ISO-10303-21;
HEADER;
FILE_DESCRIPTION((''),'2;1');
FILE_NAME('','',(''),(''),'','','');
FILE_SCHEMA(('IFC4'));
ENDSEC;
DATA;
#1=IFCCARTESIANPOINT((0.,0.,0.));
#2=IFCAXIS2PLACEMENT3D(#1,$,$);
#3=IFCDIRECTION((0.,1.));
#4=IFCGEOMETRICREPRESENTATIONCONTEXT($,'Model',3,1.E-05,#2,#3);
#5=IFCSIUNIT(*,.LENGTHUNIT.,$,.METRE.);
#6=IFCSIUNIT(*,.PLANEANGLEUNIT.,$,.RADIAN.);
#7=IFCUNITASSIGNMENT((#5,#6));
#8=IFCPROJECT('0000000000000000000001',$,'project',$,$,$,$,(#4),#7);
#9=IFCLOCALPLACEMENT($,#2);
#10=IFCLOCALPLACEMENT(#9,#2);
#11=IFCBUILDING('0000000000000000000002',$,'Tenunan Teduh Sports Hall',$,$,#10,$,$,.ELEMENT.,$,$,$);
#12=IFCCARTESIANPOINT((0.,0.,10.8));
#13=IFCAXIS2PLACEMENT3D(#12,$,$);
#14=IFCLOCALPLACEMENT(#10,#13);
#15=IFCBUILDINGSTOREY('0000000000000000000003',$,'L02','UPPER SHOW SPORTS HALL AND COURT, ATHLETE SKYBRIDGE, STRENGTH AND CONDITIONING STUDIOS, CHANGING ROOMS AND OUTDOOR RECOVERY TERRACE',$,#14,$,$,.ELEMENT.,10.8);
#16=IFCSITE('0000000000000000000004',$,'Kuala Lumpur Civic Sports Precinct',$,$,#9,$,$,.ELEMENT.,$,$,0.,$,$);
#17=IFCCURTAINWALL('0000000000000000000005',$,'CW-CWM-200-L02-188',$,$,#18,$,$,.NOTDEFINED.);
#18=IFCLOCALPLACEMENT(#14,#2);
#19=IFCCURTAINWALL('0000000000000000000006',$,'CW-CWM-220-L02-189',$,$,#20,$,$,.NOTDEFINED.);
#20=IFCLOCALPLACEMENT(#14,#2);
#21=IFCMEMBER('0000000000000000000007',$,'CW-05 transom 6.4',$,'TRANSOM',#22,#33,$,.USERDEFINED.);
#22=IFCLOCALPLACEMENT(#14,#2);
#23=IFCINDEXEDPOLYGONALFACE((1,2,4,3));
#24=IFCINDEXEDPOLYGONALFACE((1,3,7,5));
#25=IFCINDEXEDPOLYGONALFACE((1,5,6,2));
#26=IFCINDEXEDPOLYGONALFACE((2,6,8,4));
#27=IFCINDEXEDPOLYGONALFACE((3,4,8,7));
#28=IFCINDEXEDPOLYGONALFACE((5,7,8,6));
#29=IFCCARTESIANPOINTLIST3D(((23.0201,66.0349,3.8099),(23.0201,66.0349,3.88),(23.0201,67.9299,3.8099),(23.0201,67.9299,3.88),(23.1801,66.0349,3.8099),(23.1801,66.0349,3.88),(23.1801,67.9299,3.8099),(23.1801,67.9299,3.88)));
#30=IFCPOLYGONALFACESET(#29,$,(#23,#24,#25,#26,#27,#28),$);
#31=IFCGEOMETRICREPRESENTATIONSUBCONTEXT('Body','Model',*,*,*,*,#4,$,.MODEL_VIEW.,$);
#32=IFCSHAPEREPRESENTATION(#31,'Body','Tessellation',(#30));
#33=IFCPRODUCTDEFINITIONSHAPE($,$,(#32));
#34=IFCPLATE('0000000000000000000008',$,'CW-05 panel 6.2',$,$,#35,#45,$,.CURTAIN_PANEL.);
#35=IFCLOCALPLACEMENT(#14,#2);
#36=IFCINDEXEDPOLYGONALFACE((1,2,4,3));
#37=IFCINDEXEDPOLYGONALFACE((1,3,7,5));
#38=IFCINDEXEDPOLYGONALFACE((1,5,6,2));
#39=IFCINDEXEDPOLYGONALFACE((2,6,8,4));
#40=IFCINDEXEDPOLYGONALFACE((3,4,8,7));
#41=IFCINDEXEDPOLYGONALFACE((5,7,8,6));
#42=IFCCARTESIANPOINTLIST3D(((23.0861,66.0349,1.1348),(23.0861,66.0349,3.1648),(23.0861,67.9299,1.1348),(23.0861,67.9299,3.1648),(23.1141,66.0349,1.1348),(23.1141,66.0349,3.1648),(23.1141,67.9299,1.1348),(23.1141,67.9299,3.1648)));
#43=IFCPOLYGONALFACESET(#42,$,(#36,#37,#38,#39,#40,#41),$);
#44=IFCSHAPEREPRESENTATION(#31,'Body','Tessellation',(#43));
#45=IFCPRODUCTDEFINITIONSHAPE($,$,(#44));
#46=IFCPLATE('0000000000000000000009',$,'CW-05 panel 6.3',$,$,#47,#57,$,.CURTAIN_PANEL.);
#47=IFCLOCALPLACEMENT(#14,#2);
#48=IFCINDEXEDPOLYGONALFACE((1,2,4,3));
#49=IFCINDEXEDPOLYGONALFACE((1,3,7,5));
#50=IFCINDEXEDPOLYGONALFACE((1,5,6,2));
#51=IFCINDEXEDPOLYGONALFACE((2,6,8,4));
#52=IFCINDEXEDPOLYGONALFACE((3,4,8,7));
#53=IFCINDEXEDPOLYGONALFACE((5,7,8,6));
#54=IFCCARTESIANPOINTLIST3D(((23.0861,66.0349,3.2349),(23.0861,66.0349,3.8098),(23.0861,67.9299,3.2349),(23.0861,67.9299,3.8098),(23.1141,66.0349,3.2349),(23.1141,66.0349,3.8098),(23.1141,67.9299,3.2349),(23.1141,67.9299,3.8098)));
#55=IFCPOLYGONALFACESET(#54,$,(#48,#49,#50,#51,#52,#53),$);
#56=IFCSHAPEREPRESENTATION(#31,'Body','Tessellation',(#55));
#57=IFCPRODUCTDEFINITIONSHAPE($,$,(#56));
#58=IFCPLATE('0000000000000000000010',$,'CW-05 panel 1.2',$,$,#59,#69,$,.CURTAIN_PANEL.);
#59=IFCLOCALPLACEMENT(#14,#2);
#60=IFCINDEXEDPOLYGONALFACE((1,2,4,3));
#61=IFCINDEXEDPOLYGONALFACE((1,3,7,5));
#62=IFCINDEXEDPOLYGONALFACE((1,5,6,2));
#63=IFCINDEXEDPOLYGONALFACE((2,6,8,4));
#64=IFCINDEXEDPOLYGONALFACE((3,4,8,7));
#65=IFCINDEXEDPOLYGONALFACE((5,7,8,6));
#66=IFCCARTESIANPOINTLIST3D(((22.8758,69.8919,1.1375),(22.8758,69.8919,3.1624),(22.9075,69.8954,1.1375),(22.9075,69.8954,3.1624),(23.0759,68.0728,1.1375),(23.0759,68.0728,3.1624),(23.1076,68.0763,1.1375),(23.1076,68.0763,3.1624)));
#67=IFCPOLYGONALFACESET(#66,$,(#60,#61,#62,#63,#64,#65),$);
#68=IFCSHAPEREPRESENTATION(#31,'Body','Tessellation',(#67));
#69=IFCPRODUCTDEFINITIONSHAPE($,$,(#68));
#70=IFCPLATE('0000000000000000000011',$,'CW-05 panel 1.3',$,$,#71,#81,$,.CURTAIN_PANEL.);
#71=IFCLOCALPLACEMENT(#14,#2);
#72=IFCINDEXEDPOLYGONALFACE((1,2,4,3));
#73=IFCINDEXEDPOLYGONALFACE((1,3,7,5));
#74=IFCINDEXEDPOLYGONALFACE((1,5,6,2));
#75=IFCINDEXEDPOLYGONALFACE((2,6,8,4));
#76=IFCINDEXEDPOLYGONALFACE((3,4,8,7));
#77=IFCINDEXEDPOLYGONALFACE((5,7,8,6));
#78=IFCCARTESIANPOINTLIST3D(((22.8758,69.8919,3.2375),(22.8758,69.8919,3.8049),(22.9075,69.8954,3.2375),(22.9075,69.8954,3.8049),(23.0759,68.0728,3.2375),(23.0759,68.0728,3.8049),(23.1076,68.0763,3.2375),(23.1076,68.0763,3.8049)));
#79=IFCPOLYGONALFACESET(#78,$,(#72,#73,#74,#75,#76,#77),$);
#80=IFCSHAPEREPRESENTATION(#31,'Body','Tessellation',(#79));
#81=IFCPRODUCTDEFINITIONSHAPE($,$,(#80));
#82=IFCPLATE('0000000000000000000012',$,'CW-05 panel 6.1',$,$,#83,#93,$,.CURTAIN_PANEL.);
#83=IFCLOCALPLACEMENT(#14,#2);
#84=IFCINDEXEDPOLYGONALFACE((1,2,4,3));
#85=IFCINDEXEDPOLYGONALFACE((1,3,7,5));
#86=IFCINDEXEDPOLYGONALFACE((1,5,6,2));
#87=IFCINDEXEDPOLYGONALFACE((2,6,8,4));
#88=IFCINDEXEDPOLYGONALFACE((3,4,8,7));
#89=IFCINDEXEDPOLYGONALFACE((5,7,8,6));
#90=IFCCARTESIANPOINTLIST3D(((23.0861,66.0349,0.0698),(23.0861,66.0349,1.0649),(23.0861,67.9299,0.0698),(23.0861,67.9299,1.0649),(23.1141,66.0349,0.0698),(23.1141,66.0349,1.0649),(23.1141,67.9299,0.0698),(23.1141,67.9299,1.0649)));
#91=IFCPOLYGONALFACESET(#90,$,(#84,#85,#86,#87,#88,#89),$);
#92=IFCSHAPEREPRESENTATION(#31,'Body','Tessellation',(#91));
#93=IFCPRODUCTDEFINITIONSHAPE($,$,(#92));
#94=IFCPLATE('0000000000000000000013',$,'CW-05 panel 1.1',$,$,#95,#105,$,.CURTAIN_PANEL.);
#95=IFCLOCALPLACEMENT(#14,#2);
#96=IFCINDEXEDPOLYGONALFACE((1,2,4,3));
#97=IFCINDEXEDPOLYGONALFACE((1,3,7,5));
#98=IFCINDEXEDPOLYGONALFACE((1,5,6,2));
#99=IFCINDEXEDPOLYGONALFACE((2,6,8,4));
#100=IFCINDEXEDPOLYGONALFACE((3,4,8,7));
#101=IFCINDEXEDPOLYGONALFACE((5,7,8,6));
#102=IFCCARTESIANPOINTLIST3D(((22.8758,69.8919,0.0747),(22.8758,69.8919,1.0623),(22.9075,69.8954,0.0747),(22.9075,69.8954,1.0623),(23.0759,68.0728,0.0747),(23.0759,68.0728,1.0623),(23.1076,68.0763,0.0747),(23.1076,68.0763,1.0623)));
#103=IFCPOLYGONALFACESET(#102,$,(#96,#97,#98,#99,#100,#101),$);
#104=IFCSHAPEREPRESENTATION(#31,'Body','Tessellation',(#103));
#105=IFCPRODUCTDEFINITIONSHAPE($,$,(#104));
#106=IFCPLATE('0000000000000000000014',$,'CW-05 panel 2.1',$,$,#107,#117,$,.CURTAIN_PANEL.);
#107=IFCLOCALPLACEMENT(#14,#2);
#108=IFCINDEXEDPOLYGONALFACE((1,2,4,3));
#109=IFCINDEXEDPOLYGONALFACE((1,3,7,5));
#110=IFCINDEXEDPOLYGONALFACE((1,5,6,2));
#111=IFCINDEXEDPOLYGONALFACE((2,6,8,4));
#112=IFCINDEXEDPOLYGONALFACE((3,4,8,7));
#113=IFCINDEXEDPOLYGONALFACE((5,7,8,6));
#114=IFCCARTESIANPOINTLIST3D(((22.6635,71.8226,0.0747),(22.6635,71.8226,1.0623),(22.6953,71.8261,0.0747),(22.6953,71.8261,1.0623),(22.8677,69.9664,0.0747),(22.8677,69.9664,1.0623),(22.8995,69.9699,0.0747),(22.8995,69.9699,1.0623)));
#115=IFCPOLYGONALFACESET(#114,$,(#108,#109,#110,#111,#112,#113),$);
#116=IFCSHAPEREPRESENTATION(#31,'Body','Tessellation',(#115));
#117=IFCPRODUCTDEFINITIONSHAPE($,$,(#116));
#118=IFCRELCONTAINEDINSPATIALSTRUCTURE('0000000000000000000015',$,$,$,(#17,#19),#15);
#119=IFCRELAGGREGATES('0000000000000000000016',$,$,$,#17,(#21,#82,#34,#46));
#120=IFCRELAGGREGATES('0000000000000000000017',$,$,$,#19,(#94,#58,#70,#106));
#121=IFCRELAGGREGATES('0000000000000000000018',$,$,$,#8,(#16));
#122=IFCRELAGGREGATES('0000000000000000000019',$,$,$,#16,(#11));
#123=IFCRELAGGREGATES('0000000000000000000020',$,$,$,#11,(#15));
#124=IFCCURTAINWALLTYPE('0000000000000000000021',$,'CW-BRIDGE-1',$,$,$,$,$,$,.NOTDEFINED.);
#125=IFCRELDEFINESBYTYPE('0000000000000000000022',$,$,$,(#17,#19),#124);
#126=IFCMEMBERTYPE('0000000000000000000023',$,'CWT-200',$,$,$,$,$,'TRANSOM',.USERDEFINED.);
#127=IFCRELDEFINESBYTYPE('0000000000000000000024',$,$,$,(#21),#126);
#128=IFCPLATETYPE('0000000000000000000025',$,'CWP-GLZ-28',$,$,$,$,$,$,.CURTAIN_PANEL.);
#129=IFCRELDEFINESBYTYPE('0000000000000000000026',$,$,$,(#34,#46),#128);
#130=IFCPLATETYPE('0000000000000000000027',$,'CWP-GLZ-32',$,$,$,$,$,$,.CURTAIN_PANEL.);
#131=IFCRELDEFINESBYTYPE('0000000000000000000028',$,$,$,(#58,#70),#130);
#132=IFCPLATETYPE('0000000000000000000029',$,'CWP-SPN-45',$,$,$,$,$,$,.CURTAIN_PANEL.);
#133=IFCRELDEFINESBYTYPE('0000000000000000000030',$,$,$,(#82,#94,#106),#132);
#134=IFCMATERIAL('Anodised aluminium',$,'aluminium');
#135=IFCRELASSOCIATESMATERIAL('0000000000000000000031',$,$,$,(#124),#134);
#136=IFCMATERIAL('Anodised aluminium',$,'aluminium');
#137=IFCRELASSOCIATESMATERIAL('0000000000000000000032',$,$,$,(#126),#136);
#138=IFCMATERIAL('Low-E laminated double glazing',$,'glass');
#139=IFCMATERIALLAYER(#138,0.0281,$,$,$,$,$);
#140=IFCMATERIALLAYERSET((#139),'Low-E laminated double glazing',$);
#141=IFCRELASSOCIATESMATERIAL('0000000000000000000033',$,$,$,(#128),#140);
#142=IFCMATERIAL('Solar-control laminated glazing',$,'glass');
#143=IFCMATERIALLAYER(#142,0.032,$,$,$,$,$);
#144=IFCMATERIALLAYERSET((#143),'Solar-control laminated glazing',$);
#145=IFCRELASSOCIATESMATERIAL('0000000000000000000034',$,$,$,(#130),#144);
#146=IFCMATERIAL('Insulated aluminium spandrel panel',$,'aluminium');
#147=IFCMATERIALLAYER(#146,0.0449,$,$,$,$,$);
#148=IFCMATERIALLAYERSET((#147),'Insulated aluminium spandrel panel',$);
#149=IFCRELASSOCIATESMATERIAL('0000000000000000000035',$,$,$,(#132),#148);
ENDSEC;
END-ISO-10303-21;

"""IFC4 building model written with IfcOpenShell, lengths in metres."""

from ifc_helpers import new_model, si_unit, direction, frame, origin, origin_2d, place, context, subcontext, project, spatial, rectangle, extrude, material, layer, layer_set, material_profile, profile_set, type_object, element, aggregate, save


model = new_model("IFC4")

# Units and contexts
model_context = context("Model", 3, precision=1e-05, world=origin(), true_north=direction((0.0, 1.0)))
body_context = subcontext(model_context, "Body", "Model", "MODEL_VIEW")
ifc_project = project(units=[si_unit("LENGTHUNIT", "METRE"), si_unit("PLANEANGLEUNIT", "RADIAN")], contexts=[model_context])

# Site, building, storey
site_placement = place(None, origin())
site = spatial("IfcSite", under=ifc_project, at=site_placement, Name="Kuala Lumpur Civic Sports Precinct", CompositionType="ELEMENT", RefElevation=0.0)
building_placement = place(site_placement, origin())
building = spatial("IfcBuilding", under=site, at=building_placement, Name="Tenunan Teduh Sports Hall", CompositionType="ELEMENT")
storey_placement = place(building_placement, frame((0.0, 0.0, 10.8)))
storey = spatial("IfcBuildingStorey", under=building, at=storey_placement, Name="L02", Description="UPPER SHOW SPORTS HALL AND COURT, ATHLETE SKYBRIDGE, STRENGTH AND CONDITIONING STUDIOS, CHANGING ROOMS AND OUTDOOR RECOVERY TERRACE", CompositionType="ELEMENT", Elevation=10.8)

# Curtain wall
ifc_material_1 = material(Name="Anodised aluminium", Category="aluminium")
curtain_wall_type = type_object("IfcCurtainWallType", Name="CW-BRIDGE-1", PredefinedType="NOTDEFINED", material=ifc_material_1)
curtain_wall_1_placement = place(storey_placement, origin())
curtain_wall_1 = element("IfcCurtainWall", 1, at=curtain_wall_1_placement, inside=storey, type_object=curtain_wall_type, Name="CW-CWM-200-L02-188", PredefinedType="NOTDEFINED")

# Curtain wall
curtain_wall_2_placement = place(storey_placement, origin())
curtain_wall_2 = element("IfcCurtainWall", 2, at=curtain_wall_2_placement, inside=storey, type_object=curtain_wall_type, Name="CW-CWM-220-L02-189", PredefinedType="NOTDEFINED")

# Member
ifc_material_2 = material(Name="Anodised aluminium", Category="aluminium")
ifc_material_profile_1 = material_profile(ifc_material_2, rectangle(XDim=0.0701, YDim=0.1599, at=origin_2d()), Name="CWT 70x160")
ifc_profile_set_1 = profile_set([ifc_material_profile_1], Name="Anodised aluminium")
member_type_1 = type_object("IfcMemberType", Name="CWT-200", ElementType="TRANSOM", PredefinedType="USERDEFINED", material=ifc_profile_set_1)
member_1_placement = place(storey_placement, frame((23.1001, 66.0349, 3.845), z_axis=(0.0, 1.0, 0.0), x_axis=(0.0, 0.0, 1.0)))
member_1 = element("IfcMember", 3, at=member_1_placement, type_object=member_type_1, Name="CW-05 transom 6.4", ObjectType="TRANSOM", PredefinedType="USERDEFINED", context=body_context, shape_type="SweptSolid", body=[
    extrude(rectangle(XDim=0.0701, YDim=0.1599, at=origin_2d()), origin(), (0.0, 0.0, 1.0), 1.895),
])

# Plates
ifc_material_3 = material(Name="Low-E laminated double glazing", Category="glass")
ifc_layer_1 = layer(ifc_material_3, 0.0281)
ifc_layer_set_1 = layer_set([ifc_layer_1], Name="Low-E laminated double glazing")
plate_type_1 = type_object("IfcPlateType", Name="CWP-GLZ-28", PredefinedType="CURTAIN_PANEL", material=ifc_layer_set_1)
plate_1_placement = place(storey_placement, frame((23.1001, 66.9824, 1.1348), z_axis=(0.0, 0.0, 1.0), x_axis=(0.0, 1.0, 0.0)))
plate_1 = element("IfcPlate", 4, at=plate_1_placement, type_object=plate_type_1, Name="CW-05 panel 6.2", PredefinedType="CURTAIN_PANEL", context=body_context, shape_type="SweptSolid", body=[
    extrude(rectangle(XDim=1.895, YDim=0.0281, at=origin_2d()), origin(), (0.0, 0.0, 1.0), 2.03),
])
plate_2_placement = place(storey_placement, frame((23.1001, 66.9824, 3.2349), z_axis=(0.0, 0.0, 1.0), x_axis=(0.0, 1.0, 0.0)))
plate_2 = element("IfcPlate", 5, at=plate_2_placement, type_object=plate_type_1, Name="CW-05 panel 6.3", PredefinedType="CURTAIN_PANEL", context=body_context, shape_type="SweptSolid", body=[
    extrude(rectangle(XDim=1.895, YDim=0.0281, at=origin_2d()), origin(), (0.0, 0.0, 1.0), 0.575),
])
ifc_material_4 = material(Name="Solar-control laminated glazing", Category="glass")
ifc_layer_2 = layer(ifc_material_4, 0.032)
ifc_layer_set_2 = layer_set([ifc_layer_2], Name="Solar-control laminated glazing")
plate_type_2 = type_object("IfcPlateType", Name="CWP-GLZ-32", PredefinedType="CURTAIN_PANEL", material=ifc_layer_set_2)
plate_3_placement = place(storey_placement, frame((22.9917, 68.9841, 1.1375), z_axis=(0.0, 0.0, 1.0), x_axis=(-0.109341, 0.994004, 0.0)))
plate_3 = element("IfcPlate", 6, at=plate_3_placement, type_object=plate_type_2, Name="CW-05 panel 1.2", PredefinedType="CURTAIN_PANEL", context=body_context, shape_type="SweptSolid", body=[
    extrude(rectangle(XDim=1.8301, YDim=0.032, at=origin_2d()), origin(), (0.0, 0.0, 1.0), 2.0249),
])
plate_4_placement = place(storey_placement, frame((22.9917, 68.9841, 3.2375), z_axis=(0.0, 0.0, 1.0), x_axis=(-0.109341, 0.994004, 0.0)))
plate_4 = element("IfcPlate", 7, at=plate_4_placement, type_object=plate_type_2, Name="CW-05 panel 1.3", PredefinedType="CURTAIN_PANEL", context=body_context, shape_type="SweptSolid", body=[
    extrude(rectangle(XDim=1.8301, YDim=0.032, at=origin_2d()), origin(), (0.0, 0.0, 1.0), 0.5674),
])
ifc_material_5 = material(Name="Insulated aluminium spandrel panel", Category="aluminium")
ifc_layer_3 = layer(ifc_material_5, 0.0449)
ifc_layer_set_3 = layer_set([ifc_layer_3], Name="Insulated aluminium spandrel panel")
plate_type_3 = type_object("IfcPlateType", Name="CWP-SPN-45", PredefinedType="CURTAIN_PANEL", material=ifc_layer_set_3)
plate_5_placement = place(storey_placement, frame((23.1001, 66.9824, 0.0698), z_axis=(0.0, 0.0, 1.0), x_axis=(0.0, 1.0, 0.0)))
plate_5 = element("IfcPlate", 8, at=plate_5_placement, type_object=plate_type_3, Name="CW-05 panel 6.1", PredefinedType="CURTAIN_PANEL", context=body_context, shape_type="SweptSolid", body=[
    extrude(rectangle(XDim=1.895, YDim=0.0281, at=origin_2d()), origin(), (0.0, 0.0, 1.0), 0.9951),
])
aggregate(curtain_wall_1, [member_1, plate_5, plate_1, plate_2])
plate_6_placement = place(storey_placement, frame((22.9917, 68.9841, 0.0747), z_axis=(0.0, 0.0, 1.0), x_axis=(-0.109341, 0.994004, 0.0)))
plate_6 = element("IfcPlate", 9, at=plate_6_placement, type_object=plate_type_3, Name="CW-05 panel 1.1", PredefinedType="CURTAIN_PANEL", context=body_context, shape_type="SweptSolid", body=[
    extrude(rectangle(XDim=1.8301, YDim=0.032, at=origin_2d()), origin(), (0.0, 0.0, 1.0), 0.9875),
])
plate_7_placement = place(storey_placement, frame((22.7815, 70.8962, 0.0747), z_axis=(0.0, 0.0, 1.0), x_axis=(-0.109341, 0.994004, 0.0)))
plate_7 = element("IfcPlate", 10, at=plate_7_placement, type_object=plate_type_3, Name="CW-05 panel 2.1", PredefinedType="CURTAIN_PANEL", context=body_context, shape_type="SweptSolid", body=[
    extrude(rectangle(XDim=1.8674, YDim=0.032, at=origin_2d()), origin(), (0.0, 0.0, 1.0), 0.9875),
])
aggregate(curtain_wall_2, [plate_6, plate_3, plate_4, plate_7])

save(model, "model.ifc")
